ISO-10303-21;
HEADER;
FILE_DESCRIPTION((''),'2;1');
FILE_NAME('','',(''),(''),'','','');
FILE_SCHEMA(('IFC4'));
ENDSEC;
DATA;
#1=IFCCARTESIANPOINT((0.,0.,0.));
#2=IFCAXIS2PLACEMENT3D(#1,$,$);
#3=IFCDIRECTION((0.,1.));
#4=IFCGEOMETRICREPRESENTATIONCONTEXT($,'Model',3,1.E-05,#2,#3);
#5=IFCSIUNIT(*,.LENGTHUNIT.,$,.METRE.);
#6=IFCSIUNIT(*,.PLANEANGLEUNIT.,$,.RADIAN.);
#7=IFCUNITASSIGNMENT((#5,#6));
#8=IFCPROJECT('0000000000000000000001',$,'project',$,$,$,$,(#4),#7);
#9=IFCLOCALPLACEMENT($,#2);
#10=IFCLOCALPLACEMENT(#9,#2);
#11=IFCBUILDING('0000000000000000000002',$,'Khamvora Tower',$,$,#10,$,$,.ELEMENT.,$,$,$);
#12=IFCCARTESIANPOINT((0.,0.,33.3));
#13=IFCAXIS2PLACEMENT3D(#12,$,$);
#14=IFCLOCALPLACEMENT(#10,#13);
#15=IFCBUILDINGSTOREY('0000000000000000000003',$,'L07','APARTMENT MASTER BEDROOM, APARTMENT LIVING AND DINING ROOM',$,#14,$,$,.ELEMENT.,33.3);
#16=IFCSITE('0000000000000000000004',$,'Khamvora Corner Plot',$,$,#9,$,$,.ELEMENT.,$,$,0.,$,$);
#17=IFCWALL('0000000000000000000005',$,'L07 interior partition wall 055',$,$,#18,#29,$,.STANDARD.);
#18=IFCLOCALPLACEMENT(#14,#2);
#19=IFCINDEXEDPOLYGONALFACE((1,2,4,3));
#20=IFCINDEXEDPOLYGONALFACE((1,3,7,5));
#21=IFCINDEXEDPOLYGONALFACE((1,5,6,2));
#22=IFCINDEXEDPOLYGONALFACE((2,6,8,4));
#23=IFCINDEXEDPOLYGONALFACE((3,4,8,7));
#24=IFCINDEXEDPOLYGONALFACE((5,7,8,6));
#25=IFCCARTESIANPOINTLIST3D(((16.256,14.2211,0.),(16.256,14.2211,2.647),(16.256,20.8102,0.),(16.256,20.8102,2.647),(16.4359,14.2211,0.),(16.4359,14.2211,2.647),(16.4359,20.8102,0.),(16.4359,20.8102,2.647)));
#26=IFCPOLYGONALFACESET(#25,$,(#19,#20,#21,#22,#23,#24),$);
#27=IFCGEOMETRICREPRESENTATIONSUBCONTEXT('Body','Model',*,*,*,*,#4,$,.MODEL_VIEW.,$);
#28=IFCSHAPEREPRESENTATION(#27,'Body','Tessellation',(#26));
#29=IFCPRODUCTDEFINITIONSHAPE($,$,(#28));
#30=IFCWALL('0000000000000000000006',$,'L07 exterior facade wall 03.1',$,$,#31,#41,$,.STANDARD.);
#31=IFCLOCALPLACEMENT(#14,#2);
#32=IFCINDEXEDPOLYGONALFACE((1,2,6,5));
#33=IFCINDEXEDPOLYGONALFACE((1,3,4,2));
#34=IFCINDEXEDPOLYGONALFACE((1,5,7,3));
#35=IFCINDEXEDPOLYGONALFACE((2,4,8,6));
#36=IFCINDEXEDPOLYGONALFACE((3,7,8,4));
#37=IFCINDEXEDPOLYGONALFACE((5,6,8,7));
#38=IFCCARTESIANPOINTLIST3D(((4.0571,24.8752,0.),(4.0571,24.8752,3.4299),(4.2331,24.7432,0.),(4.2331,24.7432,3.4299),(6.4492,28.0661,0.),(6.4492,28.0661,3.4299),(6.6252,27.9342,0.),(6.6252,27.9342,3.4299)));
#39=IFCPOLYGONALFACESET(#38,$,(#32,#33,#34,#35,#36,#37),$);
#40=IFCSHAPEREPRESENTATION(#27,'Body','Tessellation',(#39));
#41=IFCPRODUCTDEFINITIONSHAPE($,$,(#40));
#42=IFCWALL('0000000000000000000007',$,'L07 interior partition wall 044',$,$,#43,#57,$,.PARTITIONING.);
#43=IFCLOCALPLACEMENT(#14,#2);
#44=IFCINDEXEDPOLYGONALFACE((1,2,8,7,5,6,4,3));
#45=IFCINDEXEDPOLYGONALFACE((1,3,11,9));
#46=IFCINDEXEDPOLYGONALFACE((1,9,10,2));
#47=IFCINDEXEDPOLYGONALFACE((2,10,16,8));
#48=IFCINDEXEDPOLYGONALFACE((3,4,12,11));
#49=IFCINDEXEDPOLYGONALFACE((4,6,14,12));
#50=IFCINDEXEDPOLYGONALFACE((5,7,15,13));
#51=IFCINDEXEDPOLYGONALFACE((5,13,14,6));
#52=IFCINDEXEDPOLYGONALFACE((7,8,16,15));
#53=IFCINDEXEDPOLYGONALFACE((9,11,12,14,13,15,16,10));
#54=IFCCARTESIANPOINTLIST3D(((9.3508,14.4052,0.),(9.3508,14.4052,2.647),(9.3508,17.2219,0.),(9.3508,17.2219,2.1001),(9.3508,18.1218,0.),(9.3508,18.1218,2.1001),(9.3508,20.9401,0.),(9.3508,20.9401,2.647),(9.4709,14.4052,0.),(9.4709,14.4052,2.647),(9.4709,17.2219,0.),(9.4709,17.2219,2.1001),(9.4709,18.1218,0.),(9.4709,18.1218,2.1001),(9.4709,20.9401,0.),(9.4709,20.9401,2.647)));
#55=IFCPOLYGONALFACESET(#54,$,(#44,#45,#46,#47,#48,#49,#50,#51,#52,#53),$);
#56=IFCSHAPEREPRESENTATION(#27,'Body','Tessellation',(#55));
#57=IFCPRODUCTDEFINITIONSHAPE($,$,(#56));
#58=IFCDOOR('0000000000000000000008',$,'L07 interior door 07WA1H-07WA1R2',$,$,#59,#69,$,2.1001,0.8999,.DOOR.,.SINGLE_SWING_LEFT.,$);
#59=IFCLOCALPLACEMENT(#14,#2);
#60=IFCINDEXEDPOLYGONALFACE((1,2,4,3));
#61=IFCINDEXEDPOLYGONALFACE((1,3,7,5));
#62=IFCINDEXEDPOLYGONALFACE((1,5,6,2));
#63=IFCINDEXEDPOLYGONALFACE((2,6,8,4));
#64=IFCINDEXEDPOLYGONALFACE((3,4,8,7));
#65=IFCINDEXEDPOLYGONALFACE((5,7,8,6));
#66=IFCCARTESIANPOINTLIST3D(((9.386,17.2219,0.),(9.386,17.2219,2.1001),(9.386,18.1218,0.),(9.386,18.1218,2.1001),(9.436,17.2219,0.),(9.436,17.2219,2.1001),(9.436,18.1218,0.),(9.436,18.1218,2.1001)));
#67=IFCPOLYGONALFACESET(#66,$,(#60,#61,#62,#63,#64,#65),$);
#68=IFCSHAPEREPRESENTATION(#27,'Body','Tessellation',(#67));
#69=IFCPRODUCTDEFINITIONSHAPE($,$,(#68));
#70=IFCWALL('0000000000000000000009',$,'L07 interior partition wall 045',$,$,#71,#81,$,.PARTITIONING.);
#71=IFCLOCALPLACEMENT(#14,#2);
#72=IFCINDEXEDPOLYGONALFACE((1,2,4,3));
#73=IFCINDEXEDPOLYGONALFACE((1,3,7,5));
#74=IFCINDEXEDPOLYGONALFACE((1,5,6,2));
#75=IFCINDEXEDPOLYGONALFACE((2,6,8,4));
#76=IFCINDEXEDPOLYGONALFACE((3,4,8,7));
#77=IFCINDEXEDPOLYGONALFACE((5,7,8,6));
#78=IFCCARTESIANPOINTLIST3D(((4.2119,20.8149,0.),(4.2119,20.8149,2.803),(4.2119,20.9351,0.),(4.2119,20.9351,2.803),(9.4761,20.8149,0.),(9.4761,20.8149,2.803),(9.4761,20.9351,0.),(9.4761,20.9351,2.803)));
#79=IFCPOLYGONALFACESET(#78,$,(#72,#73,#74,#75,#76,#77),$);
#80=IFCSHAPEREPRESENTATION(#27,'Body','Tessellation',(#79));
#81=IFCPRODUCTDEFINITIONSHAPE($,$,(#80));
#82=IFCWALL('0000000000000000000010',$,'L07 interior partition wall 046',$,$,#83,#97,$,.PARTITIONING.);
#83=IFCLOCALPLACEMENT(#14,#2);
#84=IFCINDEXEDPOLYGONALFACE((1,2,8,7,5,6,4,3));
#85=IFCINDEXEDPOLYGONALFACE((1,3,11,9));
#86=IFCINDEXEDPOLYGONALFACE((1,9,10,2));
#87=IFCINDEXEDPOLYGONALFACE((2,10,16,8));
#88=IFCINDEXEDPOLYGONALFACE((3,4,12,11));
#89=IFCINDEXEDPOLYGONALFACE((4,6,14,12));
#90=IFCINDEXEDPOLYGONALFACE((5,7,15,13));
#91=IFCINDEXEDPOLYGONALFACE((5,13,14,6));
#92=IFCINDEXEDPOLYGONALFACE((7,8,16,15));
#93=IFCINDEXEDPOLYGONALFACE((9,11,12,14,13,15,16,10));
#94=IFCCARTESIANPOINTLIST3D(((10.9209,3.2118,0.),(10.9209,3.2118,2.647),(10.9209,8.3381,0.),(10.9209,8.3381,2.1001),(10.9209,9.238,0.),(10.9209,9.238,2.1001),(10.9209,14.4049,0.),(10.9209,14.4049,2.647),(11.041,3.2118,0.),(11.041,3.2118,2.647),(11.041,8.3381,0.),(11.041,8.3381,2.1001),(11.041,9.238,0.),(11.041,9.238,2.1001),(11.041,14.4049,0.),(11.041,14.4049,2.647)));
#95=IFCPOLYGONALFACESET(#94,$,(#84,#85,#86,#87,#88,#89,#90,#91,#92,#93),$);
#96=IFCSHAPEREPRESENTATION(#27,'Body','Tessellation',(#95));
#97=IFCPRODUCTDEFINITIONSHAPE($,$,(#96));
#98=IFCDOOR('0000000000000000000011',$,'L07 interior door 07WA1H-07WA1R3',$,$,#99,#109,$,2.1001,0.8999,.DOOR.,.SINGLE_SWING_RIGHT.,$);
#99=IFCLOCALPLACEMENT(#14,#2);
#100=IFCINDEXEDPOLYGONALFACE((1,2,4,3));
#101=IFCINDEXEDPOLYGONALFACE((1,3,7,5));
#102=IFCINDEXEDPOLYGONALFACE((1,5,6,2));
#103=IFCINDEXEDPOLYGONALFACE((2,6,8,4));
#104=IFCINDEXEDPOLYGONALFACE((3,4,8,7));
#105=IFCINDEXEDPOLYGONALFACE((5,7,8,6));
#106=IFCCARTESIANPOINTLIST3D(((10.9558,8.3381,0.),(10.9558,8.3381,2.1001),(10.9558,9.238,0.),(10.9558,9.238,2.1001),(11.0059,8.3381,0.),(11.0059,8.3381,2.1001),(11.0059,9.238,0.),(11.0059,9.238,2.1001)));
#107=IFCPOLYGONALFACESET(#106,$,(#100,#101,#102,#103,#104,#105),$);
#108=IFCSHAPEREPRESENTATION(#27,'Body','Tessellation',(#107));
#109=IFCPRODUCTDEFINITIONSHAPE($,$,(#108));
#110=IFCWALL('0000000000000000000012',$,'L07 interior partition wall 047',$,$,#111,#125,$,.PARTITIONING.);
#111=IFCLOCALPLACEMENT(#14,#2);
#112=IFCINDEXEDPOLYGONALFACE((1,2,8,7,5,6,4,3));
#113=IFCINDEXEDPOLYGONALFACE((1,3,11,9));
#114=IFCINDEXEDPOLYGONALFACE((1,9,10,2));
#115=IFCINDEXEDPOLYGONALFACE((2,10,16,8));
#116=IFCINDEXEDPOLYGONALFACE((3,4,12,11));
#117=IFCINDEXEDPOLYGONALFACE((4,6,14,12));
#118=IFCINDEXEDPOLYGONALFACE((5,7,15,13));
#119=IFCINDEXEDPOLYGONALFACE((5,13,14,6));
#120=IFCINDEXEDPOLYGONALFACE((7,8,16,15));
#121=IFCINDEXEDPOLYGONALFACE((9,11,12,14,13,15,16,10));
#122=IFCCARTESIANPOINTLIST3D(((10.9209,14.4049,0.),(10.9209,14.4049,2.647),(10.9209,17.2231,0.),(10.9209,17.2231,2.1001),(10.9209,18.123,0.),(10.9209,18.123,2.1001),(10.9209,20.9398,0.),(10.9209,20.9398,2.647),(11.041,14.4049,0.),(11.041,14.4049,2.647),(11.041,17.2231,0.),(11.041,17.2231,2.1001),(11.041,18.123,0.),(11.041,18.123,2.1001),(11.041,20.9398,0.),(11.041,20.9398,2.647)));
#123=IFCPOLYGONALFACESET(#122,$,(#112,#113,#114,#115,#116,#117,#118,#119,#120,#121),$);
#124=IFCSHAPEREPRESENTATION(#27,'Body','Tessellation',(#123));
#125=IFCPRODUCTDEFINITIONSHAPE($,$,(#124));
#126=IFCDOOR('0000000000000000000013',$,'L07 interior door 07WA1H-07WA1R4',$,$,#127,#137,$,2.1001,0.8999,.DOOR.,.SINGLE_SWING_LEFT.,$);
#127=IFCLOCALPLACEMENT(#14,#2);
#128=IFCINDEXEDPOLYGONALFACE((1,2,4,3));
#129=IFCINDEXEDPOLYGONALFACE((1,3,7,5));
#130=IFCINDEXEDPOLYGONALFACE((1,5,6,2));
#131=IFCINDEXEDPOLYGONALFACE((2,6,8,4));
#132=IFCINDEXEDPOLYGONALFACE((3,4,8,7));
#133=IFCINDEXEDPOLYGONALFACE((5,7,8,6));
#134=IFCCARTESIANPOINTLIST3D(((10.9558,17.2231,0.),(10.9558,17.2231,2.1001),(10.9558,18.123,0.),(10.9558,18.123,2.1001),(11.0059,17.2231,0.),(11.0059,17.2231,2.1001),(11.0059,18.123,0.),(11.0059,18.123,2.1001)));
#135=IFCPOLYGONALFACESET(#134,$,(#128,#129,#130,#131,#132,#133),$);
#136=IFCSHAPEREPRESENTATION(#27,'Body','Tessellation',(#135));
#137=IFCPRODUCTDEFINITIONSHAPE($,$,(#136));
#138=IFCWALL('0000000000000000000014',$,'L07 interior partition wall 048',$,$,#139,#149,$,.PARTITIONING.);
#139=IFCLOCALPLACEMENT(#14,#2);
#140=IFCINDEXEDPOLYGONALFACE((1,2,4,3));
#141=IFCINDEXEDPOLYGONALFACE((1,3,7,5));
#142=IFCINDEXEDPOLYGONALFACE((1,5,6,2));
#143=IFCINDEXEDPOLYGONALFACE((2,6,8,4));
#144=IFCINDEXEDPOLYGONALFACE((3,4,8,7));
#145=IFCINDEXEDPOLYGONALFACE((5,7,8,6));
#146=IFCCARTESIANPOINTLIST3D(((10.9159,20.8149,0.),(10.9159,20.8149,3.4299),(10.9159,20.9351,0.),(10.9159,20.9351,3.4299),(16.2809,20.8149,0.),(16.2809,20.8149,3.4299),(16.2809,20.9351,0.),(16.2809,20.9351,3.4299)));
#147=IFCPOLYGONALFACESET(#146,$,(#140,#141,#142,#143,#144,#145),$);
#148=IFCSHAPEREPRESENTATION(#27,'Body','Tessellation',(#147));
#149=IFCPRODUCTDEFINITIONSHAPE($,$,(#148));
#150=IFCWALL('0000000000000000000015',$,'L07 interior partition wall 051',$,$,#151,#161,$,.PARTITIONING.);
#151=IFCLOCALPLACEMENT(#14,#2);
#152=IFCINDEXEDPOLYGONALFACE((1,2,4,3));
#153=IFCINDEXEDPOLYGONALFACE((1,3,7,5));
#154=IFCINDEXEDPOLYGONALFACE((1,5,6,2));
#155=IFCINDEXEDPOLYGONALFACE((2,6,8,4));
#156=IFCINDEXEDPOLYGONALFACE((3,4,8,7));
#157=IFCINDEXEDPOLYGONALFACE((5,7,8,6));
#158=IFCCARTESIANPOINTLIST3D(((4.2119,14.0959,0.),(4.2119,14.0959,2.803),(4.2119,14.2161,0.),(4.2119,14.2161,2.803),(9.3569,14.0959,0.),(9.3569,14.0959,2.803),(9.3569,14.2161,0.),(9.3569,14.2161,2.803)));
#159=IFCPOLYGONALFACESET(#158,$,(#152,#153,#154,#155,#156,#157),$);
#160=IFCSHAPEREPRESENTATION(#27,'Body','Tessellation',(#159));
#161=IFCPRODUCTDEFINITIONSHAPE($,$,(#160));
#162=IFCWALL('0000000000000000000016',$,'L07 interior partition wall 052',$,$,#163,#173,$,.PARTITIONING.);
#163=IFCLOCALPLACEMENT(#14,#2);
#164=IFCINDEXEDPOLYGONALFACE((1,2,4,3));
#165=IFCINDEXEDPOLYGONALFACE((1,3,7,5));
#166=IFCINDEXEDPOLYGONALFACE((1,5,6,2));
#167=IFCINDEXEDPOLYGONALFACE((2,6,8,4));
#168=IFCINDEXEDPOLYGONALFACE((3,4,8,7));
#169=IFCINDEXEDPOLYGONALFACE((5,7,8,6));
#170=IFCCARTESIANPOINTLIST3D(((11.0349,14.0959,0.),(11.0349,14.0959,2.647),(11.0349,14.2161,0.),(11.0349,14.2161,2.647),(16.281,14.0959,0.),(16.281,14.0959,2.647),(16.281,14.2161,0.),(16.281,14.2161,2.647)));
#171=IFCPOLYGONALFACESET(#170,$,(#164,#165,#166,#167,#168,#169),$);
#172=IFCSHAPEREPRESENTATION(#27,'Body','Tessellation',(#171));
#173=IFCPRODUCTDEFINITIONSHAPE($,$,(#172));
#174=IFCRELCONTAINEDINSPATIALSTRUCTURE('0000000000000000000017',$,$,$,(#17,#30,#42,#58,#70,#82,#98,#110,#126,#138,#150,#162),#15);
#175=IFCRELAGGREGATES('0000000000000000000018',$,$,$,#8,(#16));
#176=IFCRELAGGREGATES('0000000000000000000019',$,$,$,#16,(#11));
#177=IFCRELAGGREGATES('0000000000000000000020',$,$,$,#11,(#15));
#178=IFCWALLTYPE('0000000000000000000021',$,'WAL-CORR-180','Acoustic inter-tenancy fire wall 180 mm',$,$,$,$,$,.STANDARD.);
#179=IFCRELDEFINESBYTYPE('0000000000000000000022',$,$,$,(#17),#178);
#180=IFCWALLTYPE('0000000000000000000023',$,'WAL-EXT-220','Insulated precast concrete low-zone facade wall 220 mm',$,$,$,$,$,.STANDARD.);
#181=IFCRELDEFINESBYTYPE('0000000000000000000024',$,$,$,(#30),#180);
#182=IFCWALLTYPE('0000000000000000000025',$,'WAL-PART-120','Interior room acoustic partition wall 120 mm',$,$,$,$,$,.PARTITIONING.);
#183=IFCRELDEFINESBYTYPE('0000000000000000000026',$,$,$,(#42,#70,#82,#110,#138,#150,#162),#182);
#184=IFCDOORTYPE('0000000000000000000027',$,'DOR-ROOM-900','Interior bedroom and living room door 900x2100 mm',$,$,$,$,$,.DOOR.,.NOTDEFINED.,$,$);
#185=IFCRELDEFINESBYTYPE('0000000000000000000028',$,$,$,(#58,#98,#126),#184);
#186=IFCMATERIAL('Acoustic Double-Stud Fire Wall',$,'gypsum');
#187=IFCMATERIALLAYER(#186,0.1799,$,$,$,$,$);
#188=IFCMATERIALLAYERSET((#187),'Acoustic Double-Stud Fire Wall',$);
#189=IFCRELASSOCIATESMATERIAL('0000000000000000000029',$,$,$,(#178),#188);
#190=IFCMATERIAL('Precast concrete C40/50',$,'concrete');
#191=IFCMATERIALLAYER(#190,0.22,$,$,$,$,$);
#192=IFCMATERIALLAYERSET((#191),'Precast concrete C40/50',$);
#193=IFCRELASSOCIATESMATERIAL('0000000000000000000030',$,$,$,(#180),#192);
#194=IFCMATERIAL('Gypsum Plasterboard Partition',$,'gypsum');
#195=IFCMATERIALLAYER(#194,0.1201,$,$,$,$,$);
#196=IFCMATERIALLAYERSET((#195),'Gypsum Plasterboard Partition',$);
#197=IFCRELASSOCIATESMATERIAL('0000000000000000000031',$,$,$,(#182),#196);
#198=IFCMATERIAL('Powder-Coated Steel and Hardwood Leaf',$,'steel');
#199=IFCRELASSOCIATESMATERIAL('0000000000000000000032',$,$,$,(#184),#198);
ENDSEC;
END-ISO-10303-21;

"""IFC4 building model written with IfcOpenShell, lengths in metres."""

from ifc_helpers import new_model, si_unit, direction, frame, frame_2d, origin, place, context, subcontext, project, spatial, rectangle, extrude, material, layer, layer_set, type_object, element, fill, save


model = new_model("IFC4")

# Units and contexts
model_context = context("Model", 3, precision=1e-05, world=origin(), true_north=direction((0.0, 1.0)))
body_context = subcontext(model_context, "Body", "Model", "MODEL_VIEW")
ifc_project = project(units=[si_unit("LENGTHUNIT", "METRE"), si_unit("PLANEANGLEUNIT", "RADIAN")], contexts=[model_context])

# Site, building, storey
site_placement = place(None, origin())
site = spatial("IfcSite", under=ifc_project, at=site_placement, Name="Khamvora Corner Plot", CompositionType="ELEMENT", RefElevation=0.0)
building_placement = place(site_placement, origin())
building = spatial("IfcBuilding", under=site, at=building_placement, Name="Khamvora Tower", CompositionType="ELEMENT")
storey_placement = place(building_placement, frame((0.0, 0.0, 33.3)))
storey = spatial("IfcBuildingStorey", under=building, at=storey_placement, Name="L07", Description="APARTMENT MASTER BEDROOM, APARTMENT LIVING AND DINING ROOM", CompositionType="ELEMENT", Elevation=33.3)

# Shared definitions
ifc_material_1 = material(Name="Powder-Coated Steel and Hardwood Leaf", Category="steel")

# Walls
ifc_material_2 = material(Name="Acoustic Double-Stud Fire Wall", Category="gypsum")
ifc_layer_1 = layer(ifc_material_2, 0.1799)
ifc_layer_set_1 = layer_set([ifc_layer_1], Name="Acoustic Double-Stud Fire Wall")
wall_type_1 = type_object("IfcWallType", Name="WAL-CORR-180", Description="Acoustic inter-tenancy fire wall 180 mm", PredefinedType="STANDARD", material=ifc_layer_set_1)
wall_1_placement = place(storey_placement, frame((16.3459, 20.8101, 0.0), z_axis=(0.0, 0.0, 1.0), x_axis=(0.0, -1.0, 0.0)))
element("IfcWall", 1, at=wall_1_placement, inside=storey, type_object=wall_type_1, Name="L07 interior partition wall 055", PredefinedType="STANDARD", context=body_context, shape_type="SweptSolid", body=[
    extrude(rectangle(XDim=6.5891, YDim=0.1799, at=frame_2d((3.2944, 0.0))), origin(), (0.0, 0.0, 1.0), 2.647),
])
ifc_material_3 = material(Name="Precast concrete C40/50", Category="concrete")
ifc_layer_2 = layer(ifc_material_3, 0.22)
ifc_layer_set_2 = layer_set([ifc_layer_2], Name="Precast concrete C40/50")
wall_type_2 = type_object("IfcWallType", Name="WAL-EXT-220", Description="Insulated precast concrete low-zone facade wall 220 mm", PredefinedType="STANDARD", material=ifc_layer_set_2)
wall_2_placement = place(storey_placement, frame((4.145, 24.8091, 0.0), z_axis=(0.0, 0.0, 1.0), x_axis=(0.599824, 0.800132, 0.0)))
element("IfcWall", 2, at=wall_2_placement, inside=storey, type_object=wall_type_2, Name="L07 exterior facade wall 03.1", PredefinedType="STANDARD", context=body_context, shape_type="SweptSolid", body=[
    extrude(rectangle(XDim=3.988, YDim=0.22, at=frame_2d((1.9941, 0.0))), origin(), (0.0, 0.0, 1.0), 3.4299),
])

# Wall, opening, door
ifc_material_4 = material(Name="Gypsum Plasterboard Partition", Category="gypsum")
ifc_layer_3 = layer(ifc_material_4, 0.1201)
ifc_layer_set_3 = layer_set([ifc_layer_3], Name="Gypsum Plasterboard Partition")
wall_type_3 = type_object("IfcWallType", Name="WAL-PART-120", Description="Interior room acoustic partition wall 120 mm", PredefinedType="PARTITIONING", material=ifc_layer_set_3)
wall_3_placement = place(storey_placement, frame((9.4109, 14.405, 0.0), z_axis=(0.0, 0.0, 1.0), x_axis=(0.0, 1.0, 0.0)))
wall_3 = element("IfcWall", 3, at=wall_3_placement, inside=storey, type_object=wall_type_3, Name="L07 interior partition wall 044", PredefinedType="PARTITIONING", context=body_context, shape_type="SweptSolid", body=[
    extrude(rectangle(XDim=6.5349, YDim=0.1201, at=frame_2d((3.2676, 0.0))), origin(), (0.0, 0.0, 1.0), 2.647),
])
opening_1_placement = place(wall_3_placement, frame((2.8169, 0.0, 0.0)))
opening_1 = element("IfcOpeningElement", 4, at=opening_1_placement, cuts=wall_3, PredefinedType="OPENING", context=body_context, shape_type="SweptSolid", body=[
    extrude(rectangle(XDim=0.8999, YDim=2.1001, at=frame_2d((0.45, 1.05))), frame((0.0, 0.0701, 0.0), z_axis=(0.0, -1.0, 0.0), x_axis=(1.0, 0.0, 0.0)), (0.0, 0.0, 1.0), 0.1401),
])
door_type_1 = type_object("IfcDoorType", Name="DOR-ROOM-900", Description="Interior bedroom and living room door 900x2100 mm", OperationType="NOTDEFINED", PredefinedType="DOOR", material=ifc_material_1)
door_1_placement = place(opening_1_placement, origin())
door_1 = element("IfcDoor", 5, at=door_1_placement, inside=storey, type_object=door_type_1, Name="L07 interior door 07WA1H-07WA1R2", OperationType="SINGLE_SWING_LEFT", OverallHeight=2.1001, OverallWidth=0.8999, PredefinedType="DOOR", context=body_context, shape_type="SweptSolid", body=[
    extrude(rectangle(XDim=0.8999, YDim=2.1001, at=frame_2d((0.45, 1.05))), frame((0.0, 0.0249, 0.0), z_axis=(0.0, -1.0, 0.0), x_axis=(1.0, 0.0, 0.0)), (0.0, 0.0, 1.0), 0.05),
])
fill(opening_1, door_1)

# Wall
wall_4_placement = place(storey_placement, frame((9.4761, 20.875, 0.0), z_axis=(0.0, 0.0, 1.0), x_axis=(-1.0, 0.0, 0.0)))
element("IfcWall", 6, at=wall_4_placement, inside=storey, type_object=wall_type_3, Name="L07 interior partition wall 045", PredefinedType="PARTITIONING", context=body_context, shape_type="SweptSolid", body=[
    extrude(rectangle(XDim=5.2642, YDim=0.1201, at=frame_2d((2.6321, 0.0))), origin(), (0.0, 0.0, 1.0), 2.803),
])

# Walls, openings, doors
wall_5_placement = place(storey_placement, frame((10.981, 14.405, 0.0), z_axis=(0.0, 0.0, 1.0), x_axis=(0.0, -1.0, 0.0)))
wall_5 = element("IfcWall", 7, at=wall_5_placement, inside=storey, type_object=wall_type_3, Name="L07 interior partition wall 046", PredefinedType="PARTITIONING", context=body_context, shape_type="SweptSolid", body=[
    extrude(rectangle(XDim=11.1931, YDim=0.1201, at=frame_2d((5.5967, 0.0))), origin(), (0.0, 0.0, 1.0), 2.647),
])
opening_2_placement = place(wall_5_placement, frame((5.167, 0.0, 0.0)))
opening_2 = element("IfcOpeningElement", 8, at=opening_2_placement, cuts=wall_5, PredefinedType="OPENING", context=body_context, shape_type="SweptSolid", body=[
    extrude(rectangle(XDim=0.8999, YDim=2.1001, at=frame_2d((0.45, 1.05))), frame((0.0, 0.0701, 0.0), z_axis=(0.0, -1.0, 0.0), x_axis=(1.0, 0.0, 0.0)), (0.0, 0.0, 1.0), 0.1401),
])
door_2_placement = place(opening_2_placement, origin())
door_2 = element("IfcDoor", 9, at=door_2_placement, inside=storey, type_object=door_type_1, Name="L07 interior door 07WA1H-07WA1R3", OperationType="SINGLE_SWING_RIGHT", OverallHeight=2.1001, OverallWidth=0.8999, PredefinedType="DOOR", context=body_context, shape_type="SweptSolid", body=[
    extrude(rectangle(XDim=0.8999, YDim=2.1001, at=frame_2d((0.45, 1.05))), frame((0.0, 0.0249, 0.0), z_axis=(0.0, -1.0, 0.0), x_axis=(1.0, 0.0, 0.0)), (0.0, 0.0, 1.0), 0.05),
])
fill(opening_2, door_2)
wall_6_placement = place(storey_placement, frame((10.981, 20.9399, 0.0), z_axis=(0.0, 0.0, 1.0), x_axis=(0.0, -1.0, 0.0)))
wall_6 = element("IfcWall", 10, at=wall_6_placement, inside=storey, type_object=wall_type_3, Name="L07 interior partition wall 047", PredefinedType="PARTITIONING", context=body_context, shape_type="SweptSolid", body=[
    extrude(rectangle(XDim=6.5349, YDim=0.1201, at=frame_2d((3.2676, 0.0))), origin(), (0.0, 0.0, 1.0), 2.647),
])
opening_3_placement = place(wall_6_placement, frame((2.8169, 0.0, 0.0)))
opening_3 = element("IfcOpeningElement", 11, at=opening_3_placement, cuts=wall_6, PredefinedType="OPENING", context=body_context, shape_type="SweptSolid", body=[
    extrude(rectangle(XDim=0.8999, YDim=2.1001, at=frame_2d((0.45, 1.05))), frame((0.0, 0.0701, 0.0), z_axis=(0.0, -1.0, 0.0), x_axis=(1.0, 0.0, 0.0)), (0.0, 0.0, 1.0), 0.1401),
])
door_3_placement = place(opening_3_placement, origin())
door_3 = element("IfcDoor", 12, at=door_3_placement, inside=storey, type_object=door_type_1, Name="L07 interior door 07WA1H-07WA1R4", OperationType="SINGLE_SWING_LEFT", OverallHeight=2.1001, OverallWidth=0.8999, PredefinedType="DOOR", context=body_context, shape_type="SweptSolid", body=[
    extrude(rectangle(XDim=0.8999, YDim=2.1001, at=frame_2d((0.45, 1.05))), frame((0.0, 0.0249, 0.0), z_axis=(0.0, -1.0, 0.0), x_axis=(1.0, 0.0, 0.0)), (0.0, 0.0, 1.0), 0.05),
])
fill(opening_3, door_3)

# Walls
wall_7_placement = place(storey_placement, frame((16.281, 20.875, 0.0), z_axis=(0.0, 0.0, 1.0), x_axis=(-1.0, 0.0, 0.0)))
element("IfcWall", 13, at=wall_7_placement, inside=storey, type_object=wall_type_3, Name="L07 interior partition wall 048", PredefinedType="PARTITIONING", context=body_context, shape_type="SweptSolid", body=[
    extrude(rectangle(XDim=5.365, YDim=0.1201, at=frame_2d((2.6826, 0.0))), origin(), (0.0, 0.0, 1.0), 3.4299),
])
wall_8_placement = place(storey_placement, frame((4.2119, 14.156, 0.0), z_axis=(0.0, 0.0, 1.0), x_axis=(1.0, 0.0, 0.0)))
element("IfcWall", 14, at=wall_8_placement, inside=storey, type_object=wall_type_3, Name="L07 interior partition wall 051", PredefinedType="PARTITIONING", context=body_context, shape_type="SweptSolid", body=[
    extrude(rectangle(XDim=5.145, YDim=0.1201, at=frame_2d((2.5725, 0.0))), origin(), (0.0, 0.0, 1.0), 2.803),
])
wall_9_placement = place(storey_placement, frame((11.0349, 14.156, 0.0), z_axis=(0.0, 0.0, 1.0), x_axis=(1.0, 0.0, 0.0)))
element("IfcWall", 15, at=wall_9_placement, inside=storey, type_object=wall_type_3, Name="L07 interior partition wall 052", PredefinedType="PARTITIONING", context=body_context, shape_type="SweptSolid", body=[
    extrude(rectangle(XDim=5.2461, YDim=0.1201, at=frame_2d((2.623, 0.0))), origin(), (0.0, 0.0, 1.0), 2.647),
])

save(model, "model.ifc")
